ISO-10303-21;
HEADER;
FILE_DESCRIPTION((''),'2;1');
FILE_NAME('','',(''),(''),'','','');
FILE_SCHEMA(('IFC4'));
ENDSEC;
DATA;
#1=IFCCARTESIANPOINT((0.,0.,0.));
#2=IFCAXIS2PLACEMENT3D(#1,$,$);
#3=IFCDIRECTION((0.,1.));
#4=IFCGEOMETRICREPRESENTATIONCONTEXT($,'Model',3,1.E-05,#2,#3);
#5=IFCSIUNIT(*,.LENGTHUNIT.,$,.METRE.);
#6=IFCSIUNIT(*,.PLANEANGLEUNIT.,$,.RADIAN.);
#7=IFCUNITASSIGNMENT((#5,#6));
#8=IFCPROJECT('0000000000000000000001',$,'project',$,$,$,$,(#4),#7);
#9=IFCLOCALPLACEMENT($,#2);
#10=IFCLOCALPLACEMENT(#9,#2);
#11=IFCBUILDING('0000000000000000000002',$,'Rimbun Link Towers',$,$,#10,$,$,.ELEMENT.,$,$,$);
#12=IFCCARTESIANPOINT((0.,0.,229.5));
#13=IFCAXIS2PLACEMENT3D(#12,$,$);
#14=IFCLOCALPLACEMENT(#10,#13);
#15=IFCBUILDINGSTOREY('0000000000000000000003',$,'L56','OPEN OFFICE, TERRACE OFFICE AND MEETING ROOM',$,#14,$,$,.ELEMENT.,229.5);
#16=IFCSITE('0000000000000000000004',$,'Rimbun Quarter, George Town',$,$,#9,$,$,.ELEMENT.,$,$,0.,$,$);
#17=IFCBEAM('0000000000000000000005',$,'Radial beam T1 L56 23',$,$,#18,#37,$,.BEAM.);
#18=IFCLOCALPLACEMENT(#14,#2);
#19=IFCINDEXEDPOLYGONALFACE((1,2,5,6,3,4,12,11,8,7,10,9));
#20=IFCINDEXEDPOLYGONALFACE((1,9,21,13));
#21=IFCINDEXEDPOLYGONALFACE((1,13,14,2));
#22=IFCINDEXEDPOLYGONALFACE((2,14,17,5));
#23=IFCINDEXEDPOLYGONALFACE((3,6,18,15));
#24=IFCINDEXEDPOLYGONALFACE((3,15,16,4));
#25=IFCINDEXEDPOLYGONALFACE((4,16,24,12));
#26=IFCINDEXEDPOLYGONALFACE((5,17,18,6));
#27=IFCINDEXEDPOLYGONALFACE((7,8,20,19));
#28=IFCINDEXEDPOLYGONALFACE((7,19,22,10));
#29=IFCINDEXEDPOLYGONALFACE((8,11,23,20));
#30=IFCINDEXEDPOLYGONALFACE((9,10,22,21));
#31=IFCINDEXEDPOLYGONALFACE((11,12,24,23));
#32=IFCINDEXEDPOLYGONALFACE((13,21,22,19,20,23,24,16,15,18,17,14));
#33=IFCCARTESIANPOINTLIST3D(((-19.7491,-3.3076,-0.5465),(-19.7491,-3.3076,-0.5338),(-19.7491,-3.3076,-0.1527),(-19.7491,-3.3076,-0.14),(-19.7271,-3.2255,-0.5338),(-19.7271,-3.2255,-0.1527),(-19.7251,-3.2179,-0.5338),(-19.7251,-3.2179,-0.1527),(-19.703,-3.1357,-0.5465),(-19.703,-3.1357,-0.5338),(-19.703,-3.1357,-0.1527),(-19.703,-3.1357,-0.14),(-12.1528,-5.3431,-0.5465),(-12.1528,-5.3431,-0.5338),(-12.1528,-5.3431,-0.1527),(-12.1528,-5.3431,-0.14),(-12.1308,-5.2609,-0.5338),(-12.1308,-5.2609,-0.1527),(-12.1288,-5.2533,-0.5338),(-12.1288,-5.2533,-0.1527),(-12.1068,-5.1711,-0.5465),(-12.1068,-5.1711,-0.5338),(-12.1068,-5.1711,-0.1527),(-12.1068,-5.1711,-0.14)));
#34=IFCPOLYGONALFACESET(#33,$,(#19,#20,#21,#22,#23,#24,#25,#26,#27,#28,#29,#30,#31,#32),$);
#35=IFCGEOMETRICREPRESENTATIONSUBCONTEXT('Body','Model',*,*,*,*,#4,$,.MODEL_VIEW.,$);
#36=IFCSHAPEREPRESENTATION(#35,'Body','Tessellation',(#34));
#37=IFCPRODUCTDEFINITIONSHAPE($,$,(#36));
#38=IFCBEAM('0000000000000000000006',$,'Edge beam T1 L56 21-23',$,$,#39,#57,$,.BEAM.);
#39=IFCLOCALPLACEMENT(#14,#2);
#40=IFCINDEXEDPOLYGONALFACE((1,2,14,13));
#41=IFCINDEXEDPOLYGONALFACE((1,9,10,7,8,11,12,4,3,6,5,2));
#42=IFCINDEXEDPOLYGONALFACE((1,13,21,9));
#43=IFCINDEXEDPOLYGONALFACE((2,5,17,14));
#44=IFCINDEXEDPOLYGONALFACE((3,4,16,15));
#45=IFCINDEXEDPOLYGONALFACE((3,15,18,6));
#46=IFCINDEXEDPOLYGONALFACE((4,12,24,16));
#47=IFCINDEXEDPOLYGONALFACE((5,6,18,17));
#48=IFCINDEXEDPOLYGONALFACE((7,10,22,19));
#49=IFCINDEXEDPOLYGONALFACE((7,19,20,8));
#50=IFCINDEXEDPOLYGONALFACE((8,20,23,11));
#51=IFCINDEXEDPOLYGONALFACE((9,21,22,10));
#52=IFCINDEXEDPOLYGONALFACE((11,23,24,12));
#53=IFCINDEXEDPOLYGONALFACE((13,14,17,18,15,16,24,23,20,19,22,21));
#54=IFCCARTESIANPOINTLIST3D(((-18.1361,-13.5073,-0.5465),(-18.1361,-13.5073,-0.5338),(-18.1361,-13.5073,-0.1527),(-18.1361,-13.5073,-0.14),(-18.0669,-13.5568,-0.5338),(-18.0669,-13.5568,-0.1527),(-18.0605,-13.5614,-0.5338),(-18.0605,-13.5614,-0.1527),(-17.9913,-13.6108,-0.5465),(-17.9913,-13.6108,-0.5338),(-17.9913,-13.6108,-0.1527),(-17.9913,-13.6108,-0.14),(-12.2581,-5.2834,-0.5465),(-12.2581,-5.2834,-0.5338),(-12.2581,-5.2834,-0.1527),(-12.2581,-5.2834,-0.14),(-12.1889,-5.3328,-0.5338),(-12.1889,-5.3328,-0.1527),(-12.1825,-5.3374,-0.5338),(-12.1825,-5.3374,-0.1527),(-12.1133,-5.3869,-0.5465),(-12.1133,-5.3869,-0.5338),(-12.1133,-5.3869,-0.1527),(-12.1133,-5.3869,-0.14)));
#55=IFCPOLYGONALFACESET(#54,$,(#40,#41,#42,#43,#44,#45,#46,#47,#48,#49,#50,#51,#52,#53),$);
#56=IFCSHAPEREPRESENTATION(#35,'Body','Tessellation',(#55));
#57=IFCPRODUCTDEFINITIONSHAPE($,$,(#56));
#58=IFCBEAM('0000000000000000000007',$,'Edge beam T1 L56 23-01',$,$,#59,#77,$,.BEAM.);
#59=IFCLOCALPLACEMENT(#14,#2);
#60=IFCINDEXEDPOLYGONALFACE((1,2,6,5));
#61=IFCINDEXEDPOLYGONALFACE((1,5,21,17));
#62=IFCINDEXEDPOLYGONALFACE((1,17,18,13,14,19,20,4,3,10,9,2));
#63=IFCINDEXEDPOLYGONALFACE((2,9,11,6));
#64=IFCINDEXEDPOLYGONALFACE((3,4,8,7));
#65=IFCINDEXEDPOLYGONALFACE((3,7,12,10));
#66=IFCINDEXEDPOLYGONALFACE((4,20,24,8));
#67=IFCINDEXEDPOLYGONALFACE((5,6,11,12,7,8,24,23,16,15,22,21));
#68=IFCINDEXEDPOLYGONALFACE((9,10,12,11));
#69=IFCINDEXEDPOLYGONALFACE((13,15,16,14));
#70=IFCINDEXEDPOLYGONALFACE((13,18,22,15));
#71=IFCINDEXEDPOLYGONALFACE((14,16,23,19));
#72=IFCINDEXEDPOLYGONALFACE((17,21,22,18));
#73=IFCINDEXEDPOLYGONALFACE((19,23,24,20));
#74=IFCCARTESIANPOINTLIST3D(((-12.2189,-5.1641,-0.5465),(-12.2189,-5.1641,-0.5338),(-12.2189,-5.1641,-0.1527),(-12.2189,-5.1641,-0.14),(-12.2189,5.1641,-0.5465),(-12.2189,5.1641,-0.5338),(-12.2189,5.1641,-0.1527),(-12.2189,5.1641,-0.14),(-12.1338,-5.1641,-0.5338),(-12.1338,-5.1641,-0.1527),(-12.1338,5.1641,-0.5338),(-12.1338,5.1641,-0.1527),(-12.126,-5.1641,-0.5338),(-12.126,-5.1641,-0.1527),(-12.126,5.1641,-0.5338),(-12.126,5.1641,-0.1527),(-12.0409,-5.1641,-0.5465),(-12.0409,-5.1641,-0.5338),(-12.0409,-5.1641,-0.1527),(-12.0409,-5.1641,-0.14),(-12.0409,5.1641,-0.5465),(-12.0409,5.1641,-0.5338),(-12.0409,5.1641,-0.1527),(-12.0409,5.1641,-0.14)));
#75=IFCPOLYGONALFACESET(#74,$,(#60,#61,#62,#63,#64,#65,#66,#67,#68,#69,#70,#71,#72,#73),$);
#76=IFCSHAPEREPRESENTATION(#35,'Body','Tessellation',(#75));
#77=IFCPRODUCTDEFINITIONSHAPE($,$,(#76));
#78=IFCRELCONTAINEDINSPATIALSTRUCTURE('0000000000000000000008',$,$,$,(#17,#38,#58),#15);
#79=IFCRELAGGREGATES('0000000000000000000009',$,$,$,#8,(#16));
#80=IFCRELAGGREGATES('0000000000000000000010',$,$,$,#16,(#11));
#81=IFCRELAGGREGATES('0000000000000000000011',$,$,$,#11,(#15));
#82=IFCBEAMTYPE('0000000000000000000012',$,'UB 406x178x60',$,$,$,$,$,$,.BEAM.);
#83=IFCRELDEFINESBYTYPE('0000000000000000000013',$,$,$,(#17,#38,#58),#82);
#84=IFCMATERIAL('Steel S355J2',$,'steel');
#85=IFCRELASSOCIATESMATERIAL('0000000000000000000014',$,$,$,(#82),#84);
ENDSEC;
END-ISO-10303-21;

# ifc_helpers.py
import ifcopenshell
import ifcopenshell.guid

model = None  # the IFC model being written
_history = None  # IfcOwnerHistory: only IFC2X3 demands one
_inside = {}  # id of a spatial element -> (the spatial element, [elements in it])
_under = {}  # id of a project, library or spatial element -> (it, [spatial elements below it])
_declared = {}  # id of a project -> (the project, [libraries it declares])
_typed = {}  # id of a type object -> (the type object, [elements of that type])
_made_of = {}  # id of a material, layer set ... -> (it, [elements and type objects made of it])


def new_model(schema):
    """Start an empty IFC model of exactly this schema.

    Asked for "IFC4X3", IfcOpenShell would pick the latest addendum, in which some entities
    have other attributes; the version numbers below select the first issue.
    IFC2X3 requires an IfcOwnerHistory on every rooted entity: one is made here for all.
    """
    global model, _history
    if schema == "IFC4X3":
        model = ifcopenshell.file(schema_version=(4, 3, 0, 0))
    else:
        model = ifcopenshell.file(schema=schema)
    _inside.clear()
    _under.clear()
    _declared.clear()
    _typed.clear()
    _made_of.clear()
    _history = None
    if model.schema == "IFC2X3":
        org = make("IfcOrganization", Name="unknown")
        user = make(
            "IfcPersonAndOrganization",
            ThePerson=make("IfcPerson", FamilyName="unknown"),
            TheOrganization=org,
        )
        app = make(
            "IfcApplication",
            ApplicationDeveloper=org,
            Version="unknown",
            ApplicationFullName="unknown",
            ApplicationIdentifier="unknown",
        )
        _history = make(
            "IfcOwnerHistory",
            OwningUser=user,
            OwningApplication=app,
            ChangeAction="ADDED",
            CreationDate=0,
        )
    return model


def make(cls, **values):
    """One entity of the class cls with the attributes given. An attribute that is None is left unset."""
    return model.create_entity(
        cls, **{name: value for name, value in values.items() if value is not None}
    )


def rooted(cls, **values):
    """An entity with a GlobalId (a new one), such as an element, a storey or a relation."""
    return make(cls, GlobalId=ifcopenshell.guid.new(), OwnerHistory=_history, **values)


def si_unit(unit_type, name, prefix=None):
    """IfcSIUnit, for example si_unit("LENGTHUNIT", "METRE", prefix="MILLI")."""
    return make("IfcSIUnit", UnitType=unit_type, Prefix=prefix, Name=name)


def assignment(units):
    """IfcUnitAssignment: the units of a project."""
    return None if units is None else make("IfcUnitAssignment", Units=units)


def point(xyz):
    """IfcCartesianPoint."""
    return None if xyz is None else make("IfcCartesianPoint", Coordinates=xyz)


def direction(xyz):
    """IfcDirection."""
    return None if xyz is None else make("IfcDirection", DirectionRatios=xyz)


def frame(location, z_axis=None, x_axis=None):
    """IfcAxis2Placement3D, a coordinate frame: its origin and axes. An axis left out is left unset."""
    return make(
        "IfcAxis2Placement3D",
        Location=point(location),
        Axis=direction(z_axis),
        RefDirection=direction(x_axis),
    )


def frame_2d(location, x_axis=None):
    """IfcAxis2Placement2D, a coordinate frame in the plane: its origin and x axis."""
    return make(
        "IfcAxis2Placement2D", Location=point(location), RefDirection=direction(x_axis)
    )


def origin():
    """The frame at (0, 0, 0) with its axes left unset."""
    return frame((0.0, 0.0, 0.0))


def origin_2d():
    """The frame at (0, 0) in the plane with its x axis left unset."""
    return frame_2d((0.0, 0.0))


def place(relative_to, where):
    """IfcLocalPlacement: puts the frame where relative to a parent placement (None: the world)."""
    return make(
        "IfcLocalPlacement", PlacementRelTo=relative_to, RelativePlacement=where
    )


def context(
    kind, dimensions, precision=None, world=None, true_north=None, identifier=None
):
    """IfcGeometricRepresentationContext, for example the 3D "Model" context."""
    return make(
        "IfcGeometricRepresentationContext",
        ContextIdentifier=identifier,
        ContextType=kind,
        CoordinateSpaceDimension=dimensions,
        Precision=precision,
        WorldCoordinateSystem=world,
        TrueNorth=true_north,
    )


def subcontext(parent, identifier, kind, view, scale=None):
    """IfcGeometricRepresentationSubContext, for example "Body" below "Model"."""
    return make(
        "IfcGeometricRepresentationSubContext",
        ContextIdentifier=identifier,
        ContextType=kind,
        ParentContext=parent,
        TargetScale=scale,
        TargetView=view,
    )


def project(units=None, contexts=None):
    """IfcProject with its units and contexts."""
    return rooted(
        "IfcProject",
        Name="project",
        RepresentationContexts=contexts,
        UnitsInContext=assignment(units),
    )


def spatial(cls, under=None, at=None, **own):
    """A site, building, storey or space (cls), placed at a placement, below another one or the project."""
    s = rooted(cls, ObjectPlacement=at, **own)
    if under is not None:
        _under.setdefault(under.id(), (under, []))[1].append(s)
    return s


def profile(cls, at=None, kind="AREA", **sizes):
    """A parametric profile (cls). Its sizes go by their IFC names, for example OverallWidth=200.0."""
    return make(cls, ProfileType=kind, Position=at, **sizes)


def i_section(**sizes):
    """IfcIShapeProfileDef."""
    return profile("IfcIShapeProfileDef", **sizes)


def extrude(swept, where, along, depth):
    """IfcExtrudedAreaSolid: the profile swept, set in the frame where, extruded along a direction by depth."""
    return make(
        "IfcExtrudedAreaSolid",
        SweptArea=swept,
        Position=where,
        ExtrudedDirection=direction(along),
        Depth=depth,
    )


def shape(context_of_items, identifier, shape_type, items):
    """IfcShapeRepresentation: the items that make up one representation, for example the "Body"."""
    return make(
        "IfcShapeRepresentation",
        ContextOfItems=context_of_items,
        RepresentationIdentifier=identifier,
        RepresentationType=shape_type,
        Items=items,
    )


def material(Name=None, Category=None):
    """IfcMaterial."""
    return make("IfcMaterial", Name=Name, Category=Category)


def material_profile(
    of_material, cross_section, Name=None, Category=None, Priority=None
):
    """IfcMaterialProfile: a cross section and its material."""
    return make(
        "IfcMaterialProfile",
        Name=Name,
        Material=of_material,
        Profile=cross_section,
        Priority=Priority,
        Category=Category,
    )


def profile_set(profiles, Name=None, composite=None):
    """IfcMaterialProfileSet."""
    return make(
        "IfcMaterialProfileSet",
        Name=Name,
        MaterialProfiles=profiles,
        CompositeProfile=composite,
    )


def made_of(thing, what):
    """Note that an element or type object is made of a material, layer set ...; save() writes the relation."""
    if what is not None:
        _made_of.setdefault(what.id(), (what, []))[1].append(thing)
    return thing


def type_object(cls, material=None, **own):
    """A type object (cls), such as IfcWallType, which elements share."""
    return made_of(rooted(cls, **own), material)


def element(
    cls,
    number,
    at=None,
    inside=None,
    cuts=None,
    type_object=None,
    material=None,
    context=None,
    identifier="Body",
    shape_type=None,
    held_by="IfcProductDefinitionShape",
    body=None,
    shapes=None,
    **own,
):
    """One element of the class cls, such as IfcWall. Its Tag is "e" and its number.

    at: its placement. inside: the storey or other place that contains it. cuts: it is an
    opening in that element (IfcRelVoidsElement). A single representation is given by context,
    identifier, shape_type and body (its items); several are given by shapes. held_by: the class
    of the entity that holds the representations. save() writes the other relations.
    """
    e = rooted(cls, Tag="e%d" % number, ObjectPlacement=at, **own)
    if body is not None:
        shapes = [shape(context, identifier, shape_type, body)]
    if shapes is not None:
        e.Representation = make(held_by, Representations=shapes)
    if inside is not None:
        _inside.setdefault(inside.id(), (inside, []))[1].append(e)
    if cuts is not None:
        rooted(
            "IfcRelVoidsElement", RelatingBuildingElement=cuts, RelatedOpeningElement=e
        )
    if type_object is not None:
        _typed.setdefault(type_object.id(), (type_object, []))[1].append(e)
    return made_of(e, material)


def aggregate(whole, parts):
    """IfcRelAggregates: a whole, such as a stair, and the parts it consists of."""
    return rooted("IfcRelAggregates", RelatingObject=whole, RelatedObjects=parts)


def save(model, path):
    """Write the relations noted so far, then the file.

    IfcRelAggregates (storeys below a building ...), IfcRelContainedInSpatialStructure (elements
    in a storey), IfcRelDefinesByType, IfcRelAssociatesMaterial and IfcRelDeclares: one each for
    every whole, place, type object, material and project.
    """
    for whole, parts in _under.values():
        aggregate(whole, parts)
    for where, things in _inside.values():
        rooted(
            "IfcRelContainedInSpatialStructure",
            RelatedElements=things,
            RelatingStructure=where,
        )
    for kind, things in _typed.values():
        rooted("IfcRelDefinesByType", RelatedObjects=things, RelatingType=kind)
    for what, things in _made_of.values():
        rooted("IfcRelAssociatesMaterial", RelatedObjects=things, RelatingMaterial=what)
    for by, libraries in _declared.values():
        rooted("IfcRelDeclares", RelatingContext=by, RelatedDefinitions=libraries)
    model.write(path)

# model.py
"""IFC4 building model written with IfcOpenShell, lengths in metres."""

from ifc_helpers import new_model, si_unit, direction, frame, origin, origin_2d, place, context, subcontext, project, spatial, i_section, extrude, material, material_profile, profile_set, type_object, element, save


model = new_model("IFC4")

# Units and contexts
model_context = context("Model", 3, precision=1e-05, world=origin(), true_north=direction((0.0, 1.0)))
body_context = subcontext(model_context, "Body", "Model", "MODEL_VIEW")
ifc_project = project(units=[si_unit("LENGTHUNIT", "METRE"), si_unit("PLANEANGLEUNIT", "RADIAN")], contexts=[model_context])

# Site, building, storey
site_placement = place(None, origin())
site = spatial("IfcSite", under=ifc_project, at=site_placement, Name="Rimbun Quarter, George Town", CompositionType="ELEMENT", RefElevation=0.0)
building_placement = place(site_placement, origin())
building = spatial("IfcBuilding", under=site, at=building_placement, Name="Rimbun Link Towers", CompositionType="ELEMENT")
storey_placement = place(building_placement, frame((0.0, 0.0, 229.5)))
storey = spatial("IfcBuildingStorey", under=building, at=storey_placement, Name="L56", Description="OPEN OFFICE, TERRACE OFFICE AND MEETING ROOM", CompositionType="ELEMENT", Elevation=229.5)

# Beams
ifc_material_1 = material(Name="Steel S355J2", Category="steel")
ifc_material_profile_1 = material_profile(ifc_material_1, i_section(OverallWidth=0.178, OverallDepth=0.4065, WebThickness=0.0078, FlangeThickness=0.0127, at=origin_2d()), Name="UB 406x178x60")
ifc_profile_set_1 = profile_set([ifc_material_profile_1], Name="Steel S355J2")
beam_type_1 = type_object("IfcBeamType", Name="UB 406x178x60", PredefinedType="BEAM", material=ifc_profile_set_1)
beam_1_placement = place(storey_placement, frame((-19.7261, -3.2217, -0.3433), z_axis=(0.965926, -0.25882, 0.0), x_axis=(0.25882, 0.965926, 0.0)))
element("IfcBeam", 1, at=beam_1_placement, inside=storey, type_object=beam_type_1, Name="Radial beam T1 L56 23", PredefinedType="BEAM", context=body_context, shape_type="SweptSolid", body=[
    extrude(i_section(OverallWidth=0.178, OverallDepth=0.4065, WebThickness=0.0078, FlangeThickness=0.0127, at=origin_2d()), origin(), (0.0, 0.0, 1.0), 7.8643),
])
beam_2_placement = place(storey_placement, frame((-18.0637, -13.5591, -0.3433), z_axis=(0.581483, 0.813559, 0.0), x_axis=(-0.813559, 0.581483, 0.0)))
element("IfcBeam", 2, at=beam_2_placement, inside=storey, type_object=beam_type_1, Name="Edge beam T1 L56 21-23", PredefinedType="BEAM", context=body_context, shape_type="SweptSolid", body=[
    extrude(i_section(OverallWidth=0.178, OverallDepth=0.4065, WebThickness=0.0078, FlangeThickness=0.0127, at=origin_2d()), origin(), (0.0, 0.0, 1.0), 10.1086),
])
beam_3_placement = place(storey_placement, frame((-12.1299, -5.1641, -0.3433), z_axis=(0.0, 1.0, 0.0), x_axis=(-1.0, 0.0, 0.0)))
element("IfcBeam", 3, at=beam_3_placement, inside=storey, type_object=beam_type_1, Name="Edge beam T1 L56 23-01", PredefinedType="BEAM", context=body_context, shape_type="SweptSolid", body=[
    extrude(i_section(OverallWidth=0.178, OverallDepth=0.4065, WebThickness=0.0078, FlangeThickness=0.0127, at=origin_2d()), origin(), (0.0, 0.0, 1.0), 10.3281),
])

save(model, "model.ifc")
